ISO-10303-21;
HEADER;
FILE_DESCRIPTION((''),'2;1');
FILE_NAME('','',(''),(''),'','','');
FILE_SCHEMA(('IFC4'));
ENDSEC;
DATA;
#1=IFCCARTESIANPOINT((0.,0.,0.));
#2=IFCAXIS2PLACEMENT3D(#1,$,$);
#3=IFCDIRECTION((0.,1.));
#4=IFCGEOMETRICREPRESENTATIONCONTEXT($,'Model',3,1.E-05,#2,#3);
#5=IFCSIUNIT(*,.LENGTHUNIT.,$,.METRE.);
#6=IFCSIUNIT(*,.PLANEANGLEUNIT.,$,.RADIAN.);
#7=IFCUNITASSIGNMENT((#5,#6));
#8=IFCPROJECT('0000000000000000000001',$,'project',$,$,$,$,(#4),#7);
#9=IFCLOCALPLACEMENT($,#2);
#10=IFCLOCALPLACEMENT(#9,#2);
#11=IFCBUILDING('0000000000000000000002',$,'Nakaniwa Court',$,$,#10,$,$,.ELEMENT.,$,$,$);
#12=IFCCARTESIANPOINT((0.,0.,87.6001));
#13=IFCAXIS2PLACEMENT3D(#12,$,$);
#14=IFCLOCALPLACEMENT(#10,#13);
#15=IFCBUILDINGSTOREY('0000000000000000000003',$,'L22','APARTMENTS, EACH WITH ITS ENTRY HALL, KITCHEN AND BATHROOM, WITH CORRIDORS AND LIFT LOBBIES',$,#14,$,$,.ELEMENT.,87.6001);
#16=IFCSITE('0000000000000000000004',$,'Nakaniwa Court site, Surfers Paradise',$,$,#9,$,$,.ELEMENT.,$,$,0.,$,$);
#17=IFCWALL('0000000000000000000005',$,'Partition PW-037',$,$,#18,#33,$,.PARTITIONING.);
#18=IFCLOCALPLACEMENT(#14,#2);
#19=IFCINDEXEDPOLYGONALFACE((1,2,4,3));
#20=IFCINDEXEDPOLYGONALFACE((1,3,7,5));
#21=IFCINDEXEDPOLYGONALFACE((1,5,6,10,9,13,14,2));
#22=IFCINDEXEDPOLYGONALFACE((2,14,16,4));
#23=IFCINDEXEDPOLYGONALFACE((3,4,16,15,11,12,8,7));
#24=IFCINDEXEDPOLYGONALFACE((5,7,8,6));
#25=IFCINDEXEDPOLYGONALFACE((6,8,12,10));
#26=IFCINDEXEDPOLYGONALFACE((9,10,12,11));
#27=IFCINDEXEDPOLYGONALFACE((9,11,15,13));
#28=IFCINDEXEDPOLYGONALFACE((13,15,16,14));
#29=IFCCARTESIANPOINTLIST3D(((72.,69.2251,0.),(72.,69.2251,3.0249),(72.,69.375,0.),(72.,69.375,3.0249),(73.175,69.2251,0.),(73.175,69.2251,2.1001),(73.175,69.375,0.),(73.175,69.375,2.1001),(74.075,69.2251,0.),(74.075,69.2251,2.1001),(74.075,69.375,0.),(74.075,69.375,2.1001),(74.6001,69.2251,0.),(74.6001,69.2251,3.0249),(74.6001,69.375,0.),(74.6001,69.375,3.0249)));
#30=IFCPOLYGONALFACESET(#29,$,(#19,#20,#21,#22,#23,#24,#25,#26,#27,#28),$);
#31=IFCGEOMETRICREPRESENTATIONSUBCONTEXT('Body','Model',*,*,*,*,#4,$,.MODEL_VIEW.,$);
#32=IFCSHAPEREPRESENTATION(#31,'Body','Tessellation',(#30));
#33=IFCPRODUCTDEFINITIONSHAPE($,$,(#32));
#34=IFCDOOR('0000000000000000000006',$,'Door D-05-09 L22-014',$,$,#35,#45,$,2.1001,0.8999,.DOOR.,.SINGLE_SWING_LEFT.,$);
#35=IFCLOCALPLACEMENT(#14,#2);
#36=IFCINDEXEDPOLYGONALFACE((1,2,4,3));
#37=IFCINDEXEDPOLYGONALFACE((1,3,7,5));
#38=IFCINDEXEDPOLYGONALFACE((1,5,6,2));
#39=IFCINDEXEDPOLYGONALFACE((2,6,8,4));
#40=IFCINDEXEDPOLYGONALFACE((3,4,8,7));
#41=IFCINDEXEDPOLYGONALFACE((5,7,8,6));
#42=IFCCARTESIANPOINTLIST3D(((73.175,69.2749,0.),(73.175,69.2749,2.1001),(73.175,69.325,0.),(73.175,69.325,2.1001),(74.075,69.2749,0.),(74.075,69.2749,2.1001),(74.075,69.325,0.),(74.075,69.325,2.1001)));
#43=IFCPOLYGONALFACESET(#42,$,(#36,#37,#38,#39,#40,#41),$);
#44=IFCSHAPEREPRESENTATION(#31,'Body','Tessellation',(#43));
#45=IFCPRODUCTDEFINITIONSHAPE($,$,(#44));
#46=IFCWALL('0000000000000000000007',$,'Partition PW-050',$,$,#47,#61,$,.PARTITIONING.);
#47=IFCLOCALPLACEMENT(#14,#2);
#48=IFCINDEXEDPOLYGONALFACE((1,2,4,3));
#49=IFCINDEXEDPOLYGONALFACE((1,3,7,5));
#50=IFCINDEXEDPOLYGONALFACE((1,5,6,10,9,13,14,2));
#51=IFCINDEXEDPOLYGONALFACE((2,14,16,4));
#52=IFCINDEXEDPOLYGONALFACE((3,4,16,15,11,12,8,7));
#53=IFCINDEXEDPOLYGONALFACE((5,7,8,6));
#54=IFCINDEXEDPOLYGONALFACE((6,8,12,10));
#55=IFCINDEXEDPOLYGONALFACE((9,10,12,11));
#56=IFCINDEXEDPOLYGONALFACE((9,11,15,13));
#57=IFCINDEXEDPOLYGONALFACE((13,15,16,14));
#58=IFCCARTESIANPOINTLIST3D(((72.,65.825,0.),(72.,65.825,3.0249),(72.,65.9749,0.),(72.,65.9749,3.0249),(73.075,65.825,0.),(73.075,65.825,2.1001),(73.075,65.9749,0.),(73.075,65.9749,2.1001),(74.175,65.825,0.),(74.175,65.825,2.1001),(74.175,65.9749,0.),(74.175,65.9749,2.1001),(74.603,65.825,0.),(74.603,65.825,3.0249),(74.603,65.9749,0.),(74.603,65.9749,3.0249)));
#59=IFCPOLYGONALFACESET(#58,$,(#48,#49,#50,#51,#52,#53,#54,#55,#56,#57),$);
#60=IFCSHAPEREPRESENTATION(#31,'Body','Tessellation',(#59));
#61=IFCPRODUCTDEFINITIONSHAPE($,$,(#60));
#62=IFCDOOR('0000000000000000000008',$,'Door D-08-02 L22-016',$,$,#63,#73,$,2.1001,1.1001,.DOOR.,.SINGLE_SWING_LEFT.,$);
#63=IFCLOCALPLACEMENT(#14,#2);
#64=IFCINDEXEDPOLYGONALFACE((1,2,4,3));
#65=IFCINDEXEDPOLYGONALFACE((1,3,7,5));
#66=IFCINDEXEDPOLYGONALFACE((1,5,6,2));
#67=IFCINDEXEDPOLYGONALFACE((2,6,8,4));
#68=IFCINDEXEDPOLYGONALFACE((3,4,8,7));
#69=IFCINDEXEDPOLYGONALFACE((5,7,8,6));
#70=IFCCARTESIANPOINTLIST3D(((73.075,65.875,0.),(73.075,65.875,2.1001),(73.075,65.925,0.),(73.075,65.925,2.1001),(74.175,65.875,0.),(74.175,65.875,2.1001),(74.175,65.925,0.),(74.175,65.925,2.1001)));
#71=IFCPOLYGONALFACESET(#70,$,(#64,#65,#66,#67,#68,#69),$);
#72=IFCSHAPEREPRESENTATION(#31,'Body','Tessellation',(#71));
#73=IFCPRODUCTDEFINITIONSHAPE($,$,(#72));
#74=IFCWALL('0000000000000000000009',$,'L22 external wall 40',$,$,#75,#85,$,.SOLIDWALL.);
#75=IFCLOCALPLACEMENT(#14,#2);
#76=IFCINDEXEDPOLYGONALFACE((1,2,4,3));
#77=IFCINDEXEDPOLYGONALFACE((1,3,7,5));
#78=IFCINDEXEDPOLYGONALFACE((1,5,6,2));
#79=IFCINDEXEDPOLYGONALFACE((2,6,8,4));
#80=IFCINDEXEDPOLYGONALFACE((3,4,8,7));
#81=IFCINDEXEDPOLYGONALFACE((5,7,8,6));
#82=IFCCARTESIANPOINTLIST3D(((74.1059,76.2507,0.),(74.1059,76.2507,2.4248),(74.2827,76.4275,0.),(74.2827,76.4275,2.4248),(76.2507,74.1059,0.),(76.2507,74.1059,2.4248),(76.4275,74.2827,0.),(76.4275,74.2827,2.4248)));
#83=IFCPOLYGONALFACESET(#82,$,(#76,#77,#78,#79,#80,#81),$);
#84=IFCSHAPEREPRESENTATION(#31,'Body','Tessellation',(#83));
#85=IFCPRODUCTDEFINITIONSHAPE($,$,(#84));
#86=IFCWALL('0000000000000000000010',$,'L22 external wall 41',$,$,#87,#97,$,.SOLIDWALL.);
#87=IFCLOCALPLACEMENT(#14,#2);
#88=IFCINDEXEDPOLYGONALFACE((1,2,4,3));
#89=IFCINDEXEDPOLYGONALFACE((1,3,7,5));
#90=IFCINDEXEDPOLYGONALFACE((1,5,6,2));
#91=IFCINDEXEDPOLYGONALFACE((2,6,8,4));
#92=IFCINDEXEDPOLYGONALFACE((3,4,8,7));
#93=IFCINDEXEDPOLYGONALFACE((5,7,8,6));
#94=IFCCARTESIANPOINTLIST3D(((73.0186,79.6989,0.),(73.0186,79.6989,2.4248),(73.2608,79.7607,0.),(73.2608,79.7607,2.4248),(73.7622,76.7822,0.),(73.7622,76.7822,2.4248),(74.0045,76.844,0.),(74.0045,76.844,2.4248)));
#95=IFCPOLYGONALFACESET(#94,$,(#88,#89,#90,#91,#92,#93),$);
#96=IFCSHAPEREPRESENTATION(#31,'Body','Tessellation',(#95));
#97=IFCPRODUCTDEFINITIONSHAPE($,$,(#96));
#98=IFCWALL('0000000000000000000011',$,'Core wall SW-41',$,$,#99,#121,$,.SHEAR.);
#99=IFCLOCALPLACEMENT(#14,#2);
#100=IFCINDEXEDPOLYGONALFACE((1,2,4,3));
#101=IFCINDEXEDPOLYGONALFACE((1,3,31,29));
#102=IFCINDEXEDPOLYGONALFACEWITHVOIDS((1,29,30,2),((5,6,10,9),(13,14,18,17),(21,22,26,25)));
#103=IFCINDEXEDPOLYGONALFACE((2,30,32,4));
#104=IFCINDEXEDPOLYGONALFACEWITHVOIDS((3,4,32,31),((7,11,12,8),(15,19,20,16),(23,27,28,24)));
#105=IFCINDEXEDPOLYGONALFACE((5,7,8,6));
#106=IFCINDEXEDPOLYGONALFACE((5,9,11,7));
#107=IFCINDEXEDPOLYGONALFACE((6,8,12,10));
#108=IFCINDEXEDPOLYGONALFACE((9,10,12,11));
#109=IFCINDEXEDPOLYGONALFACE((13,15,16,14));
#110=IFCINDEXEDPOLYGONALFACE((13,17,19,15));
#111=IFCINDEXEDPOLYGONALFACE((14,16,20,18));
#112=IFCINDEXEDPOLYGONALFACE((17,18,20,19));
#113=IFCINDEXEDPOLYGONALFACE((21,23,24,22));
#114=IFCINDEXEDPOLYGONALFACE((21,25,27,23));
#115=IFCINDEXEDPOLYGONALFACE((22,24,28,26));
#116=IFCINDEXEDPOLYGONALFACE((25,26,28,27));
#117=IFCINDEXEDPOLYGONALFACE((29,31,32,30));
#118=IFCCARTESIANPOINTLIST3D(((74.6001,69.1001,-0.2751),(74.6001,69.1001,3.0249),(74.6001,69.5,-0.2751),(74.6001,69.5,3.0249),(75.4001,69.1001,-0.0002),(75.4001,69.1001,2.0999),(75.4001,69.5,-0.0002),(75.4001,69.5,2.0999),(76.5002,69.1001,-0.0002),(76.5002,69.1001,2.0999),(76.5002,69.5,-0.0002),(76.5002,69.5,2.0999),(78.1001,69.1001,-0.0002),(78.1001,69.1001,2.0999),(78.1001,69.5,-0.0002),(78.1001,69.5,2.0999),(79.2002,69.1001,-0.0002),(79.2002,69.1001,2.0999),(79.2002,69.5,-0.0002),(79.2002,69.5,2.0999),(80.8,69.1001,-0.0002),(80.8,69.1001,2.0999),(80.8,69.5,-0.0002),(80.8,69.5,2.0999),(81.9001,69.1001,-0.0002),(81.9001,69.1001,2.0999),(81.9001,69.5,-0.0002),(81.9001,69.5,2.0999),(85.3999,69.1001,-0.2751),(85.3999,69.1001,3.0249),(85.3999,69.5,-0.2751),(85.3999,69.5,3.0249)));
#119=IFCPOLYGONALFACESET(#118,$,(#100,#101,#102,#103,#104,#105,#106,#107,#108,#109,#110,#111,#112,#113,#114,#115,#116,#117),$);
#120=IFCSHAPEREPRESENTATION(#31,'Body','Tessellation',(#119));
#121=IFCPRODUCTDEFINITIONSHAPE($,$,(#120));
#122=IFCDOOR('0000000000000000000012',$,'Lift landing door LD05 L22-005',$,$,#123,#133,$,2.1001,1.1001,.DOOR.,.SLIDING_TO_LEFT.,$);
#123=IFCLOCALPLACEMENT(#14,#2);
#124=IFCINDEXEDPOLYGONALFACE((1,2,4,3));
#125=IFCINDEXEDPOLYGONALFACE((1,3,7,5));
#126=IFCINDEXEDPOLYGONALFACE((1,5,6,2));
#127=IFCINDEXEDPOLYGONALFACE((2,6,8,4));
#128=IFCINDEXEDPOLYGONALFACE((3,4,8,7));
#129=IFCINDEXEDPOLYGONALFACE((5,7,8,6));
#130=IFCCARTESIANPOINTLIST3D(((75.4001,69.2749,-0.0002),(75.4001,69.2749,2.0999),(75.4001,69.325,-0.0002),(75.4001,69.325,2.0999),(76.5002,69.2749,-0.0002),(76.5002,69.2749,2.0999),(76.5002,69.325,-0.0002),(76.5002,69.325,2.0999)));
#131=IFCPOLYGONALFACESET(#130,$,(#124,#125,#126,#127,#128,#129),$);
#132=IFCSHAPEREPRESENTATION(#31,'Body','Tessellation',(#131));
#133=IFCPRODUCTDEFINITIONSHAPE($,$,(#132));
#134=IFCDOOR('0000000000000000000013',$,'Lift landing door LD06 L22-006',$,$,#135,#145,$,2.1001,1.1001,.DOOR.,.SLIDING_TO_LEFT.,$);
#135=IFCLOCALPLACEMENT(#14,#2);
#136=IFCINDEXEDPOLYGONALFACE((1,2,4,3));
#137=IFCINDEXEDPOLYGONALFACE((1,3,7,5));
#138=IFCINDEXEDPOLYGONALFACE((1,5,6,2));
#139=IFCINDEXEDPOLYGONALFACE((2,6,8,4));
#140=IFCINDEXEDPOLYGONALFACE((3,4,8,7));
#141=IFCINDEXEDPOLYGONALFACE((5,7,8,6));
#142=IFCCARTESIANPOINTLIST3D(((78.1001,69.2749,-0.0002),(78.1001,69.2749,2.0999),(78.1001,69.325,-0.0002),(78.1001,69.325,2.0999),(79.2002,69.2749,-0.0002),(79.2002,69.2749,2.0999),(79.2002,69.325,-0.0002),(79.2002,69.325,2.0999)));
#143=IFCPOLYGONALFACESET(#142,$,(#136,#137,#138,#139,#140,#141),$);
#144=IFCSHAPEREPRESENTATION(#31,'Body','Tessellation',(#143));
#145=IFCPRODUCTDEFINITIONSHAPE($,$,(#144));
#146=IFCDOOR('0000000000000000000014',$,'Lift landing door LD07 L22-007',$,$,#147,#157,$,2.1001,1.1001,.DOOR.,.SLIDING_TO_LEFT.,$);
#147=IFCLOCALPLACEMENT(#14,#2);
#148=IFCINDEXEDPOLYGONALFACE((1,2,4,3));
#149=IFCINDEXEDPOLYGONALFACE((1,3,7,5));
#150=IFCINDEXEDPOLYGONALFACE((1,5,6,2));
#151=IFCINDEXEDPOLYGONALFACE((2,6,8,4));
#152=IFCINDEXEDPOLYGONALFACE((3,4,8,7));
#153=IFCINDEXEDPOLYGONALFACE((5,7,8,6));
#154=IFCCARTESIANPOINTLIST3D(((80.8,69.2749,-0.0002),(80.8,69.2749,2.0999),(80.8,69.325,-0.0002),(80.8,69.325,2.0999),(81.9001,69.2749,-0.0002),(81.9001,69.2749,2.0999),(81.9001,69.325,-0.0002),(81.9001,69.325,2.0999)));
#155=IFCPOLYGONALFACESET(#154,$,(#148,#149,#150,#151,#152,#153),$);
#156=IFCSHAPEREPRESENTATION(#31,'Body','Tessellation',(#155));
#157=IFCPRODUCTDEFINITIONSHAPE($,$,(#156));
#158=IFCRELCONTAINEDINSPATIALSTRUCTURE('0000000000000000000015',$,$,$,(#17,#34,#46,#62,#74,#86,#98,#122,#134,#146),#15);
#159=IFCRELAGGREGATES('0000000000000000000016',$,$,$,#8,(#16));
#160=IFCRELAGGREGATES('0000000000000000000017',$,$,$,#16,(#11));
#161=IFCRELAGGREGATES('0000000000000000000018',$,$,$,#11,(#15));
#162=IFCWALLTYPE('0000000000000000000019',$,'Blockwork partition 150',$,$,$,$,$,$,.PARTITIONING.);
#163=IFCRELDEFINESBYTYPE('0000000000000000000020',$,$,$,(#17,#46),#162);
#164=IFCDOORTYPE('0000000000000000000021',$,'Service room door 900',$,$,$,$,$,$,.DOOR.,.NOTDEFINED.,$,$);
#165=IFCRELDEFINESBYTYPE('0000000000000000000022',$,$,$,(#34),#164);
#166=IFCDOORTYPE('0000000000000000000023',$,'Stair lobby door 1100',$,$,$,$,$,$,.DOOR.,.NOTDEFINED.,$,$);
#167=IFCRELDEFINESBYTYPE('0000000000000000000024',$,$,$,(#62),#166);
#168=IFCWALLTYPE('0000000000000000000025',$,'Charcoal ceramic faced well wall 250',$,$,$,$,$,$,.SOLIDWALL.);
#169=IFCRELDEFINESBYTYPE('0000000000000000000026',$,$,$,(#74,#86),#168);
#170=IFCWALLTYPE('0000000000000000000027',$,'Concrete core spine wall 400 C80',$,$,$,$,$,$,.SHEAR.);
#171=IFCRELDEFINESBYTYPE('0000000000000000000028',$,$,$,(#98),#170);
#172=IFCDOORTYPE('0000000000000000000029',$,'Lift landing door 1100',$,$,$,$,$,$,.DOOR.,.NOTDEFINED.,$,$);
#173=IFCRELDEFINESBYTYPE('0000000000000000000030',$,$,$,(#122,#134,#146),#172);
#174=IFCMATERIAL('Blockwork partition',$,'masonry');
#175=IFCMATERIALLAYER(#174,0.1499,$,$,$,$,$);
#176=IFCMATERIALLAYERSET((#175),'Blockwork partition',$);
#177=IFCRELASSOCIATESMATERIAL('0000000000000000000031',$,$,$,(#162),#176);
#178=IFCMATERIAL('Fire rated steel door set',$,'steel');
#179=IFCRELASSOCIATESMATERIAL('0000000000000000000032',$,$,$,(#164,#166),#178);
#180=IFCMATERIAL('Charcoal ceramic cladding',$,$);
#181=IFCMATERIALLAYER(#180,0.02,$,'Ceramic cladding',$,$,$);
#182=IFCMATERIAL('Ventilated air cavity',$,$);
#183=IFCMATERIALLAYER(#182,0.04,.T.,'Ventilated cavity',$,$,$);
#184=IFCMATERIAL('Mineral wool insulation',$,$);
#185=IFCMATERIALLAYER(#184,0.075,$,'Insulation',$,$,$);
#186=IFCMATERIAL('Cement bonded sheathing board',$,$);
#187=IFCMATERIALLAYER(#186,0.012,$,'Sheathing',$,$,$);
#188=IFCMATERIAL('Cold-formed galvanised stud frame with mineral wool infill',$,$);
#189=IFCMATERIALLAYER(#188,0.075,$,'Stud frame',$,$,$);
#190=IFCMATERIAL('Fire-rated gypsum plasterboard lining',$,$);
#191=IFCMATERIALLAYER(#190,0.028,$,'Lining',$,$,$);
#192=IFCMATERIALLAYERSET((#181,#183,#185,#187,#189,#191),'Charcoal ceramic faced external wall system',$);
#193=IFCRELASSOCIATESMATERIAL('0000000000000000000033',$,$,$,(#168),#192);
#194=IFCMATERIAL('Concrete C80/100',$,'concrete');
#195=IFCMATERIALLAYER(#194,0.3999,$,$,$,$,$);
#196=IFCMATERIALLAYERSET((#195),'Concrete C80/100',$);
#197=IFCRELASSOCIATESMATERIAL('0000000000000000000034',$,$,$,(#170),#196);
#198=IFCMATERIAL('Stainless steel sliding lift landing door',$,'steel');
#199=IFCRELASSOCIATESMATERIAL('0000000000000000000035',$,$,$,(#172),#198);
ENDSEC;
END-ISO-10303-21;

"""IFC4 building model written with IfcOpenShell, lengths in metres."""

from ifc_helpers import new_model, si_unit, direction, frame, frame_2d, origin, place, context, subcontext, project, spatial, rectangle, extrude, material, layer, layer_set, type_object, element, fill, save


model = new_model("IFC4")

# Units and contexts
model_context = context("Model", 3, precision=1e-05, world=origin(), true_north=direction((0.0, 1.0)))
body_context = subcontext(model_context, "Body", "Model", "MODEL_VIEW")
ifc_project = project(units=[si_unit("LENGTHUNIT", "METRE"), si_unit("PLANEANGLEUNIT", "RADIAN")], contexts=[model_context])

# Site, building, storey
site_placement = place(None, origin())
site = spatial("IfcSite", under=ifc_project, at=site_placement, Name="Nakaniwa Court site, Surfers Paradise", CompositionType="ELEMENT", RefElevation=0.0)
building_placement = place(site_placement, origin())
building = spatial("IfcBuilding", under=site, at=building_placement, Name="Nakaniwa Court", CompositionType="ELEMENT")
storey_placement = place(building_placement, frame((0.0, 0.0, 87.6001)))
storey = spatial("IfcBuildingStorey", under=building, at=storey_placement, Name="L22", Description="APARTMENTS, EACH WITH ITS ENTRY HALL, KITCHEN AND BATHROOM, WITH CORRIDORS AND LIFT LOBBIES", CompositionType="ELEMENT", Elevation=87.6001)

# Shared definitions
ifc_material_1 = material(Name="Concrete C80/100", Category="concrete")

# Walls, openings, doors
ifc_material_2 = material(Name="Blockwork partition", Category="masonry")
ifc_layer_1 = layer(ifc_material_2, 0.1499)
ifc_layer_set_1 = layer_set([ifc_layer_1], Name="Blockwork partition")
wall_type_1 = type_object("IfcWallType", Name="Blockwork partition 150", PredefinedType="PARTITIONING", material=ifc_layer_set_1)
wall_1_placement = place(storey_placement, frame((72.0, 69.3, 0.0), z_axis=(0.0, 0.0, 1.0), x_axis=(1.0, 0.0, 0.0)))
wall_1 = element("IfcWall", 1, at=wall_1_placement, inside=storey, type_object=wall_type_1, Name="Partition PW-037", PredefinedType="PARTITIONING", context=body_context, shape_type="SweptSolid", body=[
    extrude(rectangle(XDim=2.6001, YDim=0.1499, at=frame_2d((1.3, 0.0))), origin(), (0.0, 0.0, 1.0), 3.0249),
])
opening_1_placement = place(wall_1_placement, frame((1.175, 0.0, 0.0)))
opening_1 = element("IfcOpeningElement", 2, at=opening_1_placement, cuts=wall_1, PredefinedType="OPENING", context=body_context, shape_type="SweptSolid", body=[
    extrude(rectangle(XDim=0.8999, YDim=2.1001, at=frame_2d((0.45, 1.05))), frame((0.0, 0.085, 0.0), z_axis=(0.0, -1.0, 0.0), x_axis=(1.0, 0.0, 0.0)), (0.0, 0.0, 1.0), 0.1699),
])
ifc_material_3 = material(Name="Fire rated steel door set", Category="steel")
door_type_1 = type_object("IfcDoorType", Name="Service room door 900", OperationType="NOTDEFINED", PredefinedType="DOOR", material=ifc_material_3)
door_1_placement = place(opening_1_placement, origin())
door_1 = element("IfcDoor", 3, at=door_1_placement, inside=storey, type_object=door_type_1, Name="Door D-05-09 L22-014", OperationType="SINGLE_SWING_LEFT", OverallHeight=2.1001, OverallWidth=0.8999, PredefinedType="DOOR", context=body_context, shape_type="SweptSolid", body=[
    extrude(rectangle(XDim=0.8999, YDim=2.1001, at=frame_2d((0.45, 1.05))), frame((0.0, 0.0249, 0.0), z_axis=(0.0, -1.0, 0.0), x_axis=(1.0, 0.0, 0.0)), (0.0, 0.0, 1.0), 0.05),
])
fill(opening_1, door_1)
wall_2_placement = place(storey_placement, frame((74.603, 65.8999, 0.0), z_axis=(0.0, 0.0, 1.0), x_axis=(-1.0, 0.0, 0.0)))
wall_2 = element("IfcWall", 4, at=wall_2_placement, inside=storey, type_object=wall_type_1, Name="Partition PW-050", PredefinedType="PARTITIONING", context=body_context, shape_type="SweptSolid", body=[
    extrude(rectangle(XDim=2.603, YDim=0.1499, at=frame_2d((1.3015, 0.0))), origin(), (0.0, 0.0, 1.0), 3.0249),
])
opening_2_placement = place(wall_2_placement, frame((0.428, 0.0, 0.0)))
opening_2 = element("IfcOpeningElement", 5, at=opening_2_placement, cuts=wall_2, PredefinedType="OPENING", context=body_context, shape_type="SweptSolid", body=[
    extrude(rectangle(XDim=1.1001, YDim=2.1001, at=frame_2d((0.55, 1.05))), frame((0.0, 0.085, 0.0), z_axis=(0.0, -1.0, 0.0), x_axis=(1.0, 0.0, 0.0)), (0.0, 0.0, 1.0), 0.1699),
])
door_type_2 = type_object("IfcDoorType", Name="Stair lobby door 1100", OperationType="NOTDEFINED", PredefinedType="DOOR", material=ifc_material_3)
door_2_placement = place(opening_2_placement, origin())
door_2 = element("IfcDoor", 6, at=door_2_placement, inside=storey, type_object=door_type_2, Name="Door D-08-02 L22-016", OperationType="SINGLE_SWING_LEFT", OverallHeight=2.1001, OverallWidth=1.1001, PredefinedType="DOOR", context=body_context, shape_type="SweptSolid", body=[
    extrude(rectangle(XDim=1.1001, YDim=2.1001, at=frame_2d((0.55, 1.05))), frame((0.0, 0.0249, 0.0), z_axis=(0.0, -1.0, 0.0), x_axis=(1.0, 0.0, 0.0)), (0.0, 0.0, 1.0), 0.05),
])
fill(opening_2, door_2)

# Walls
ifc_material_4 = material(Name="Charcoal ceramic cladding")
ifc_layer_2 = layer(ifc_material_4, 0.02, Name="Ceramic cladding")
ifc_material_5 = material(Name="Ventilated air cavity")
ifc_layer_3 = layer(ifc_material_5, 0.04, ventilated=True, Name="Ventilated cavity")
ifc_material_6 = material(Name="Mineral wool insulation")
ifc_layer_4 = layer(ifc_material_6, 0.075, Name="Insulation")
ifc_material_7 = material(Name="Cement bonded sheathing board")
ifc_layer_5 = layer(ifc_material_7, 0.012, Name="Sheathing")
ifc_material_8 = material(Name="Cold-formed galvanised stud frame with mineral wool infill")
ifc_layer_6 = layer(ifc_material_8, 0.075, Name="Stud frame")
ifc_material_9 = material(Name="Fire-rated gypsum plasterboard lining")
ifc_layer_7 = layer(ifc_material_9, 0.028, Name="Lining")
ifc_layer_set_2 = layer_set([ifc_layer_2, ifc_layer_3, ifc_layer_4, ifc_layer_5, ifc_layer_6, ifc_layer_7], Name="Charcoal ceramic faced external wall system")
wall_type_2 = type_object("IfcWallType", Name="Charcoal ceramic faced well wall 250", PredefinedType="SOLIDWALL", material=ifc_layer_set_2)
wall_3_placement = place(storey_placement, frame((76.3391, 74.1943, 0.0), z_axis=(0.0, 0.0, 1.0), x_axis=(-0.707107, 0.707107, 0.0)))
element("IfcWall", 7, at=wall_3_placement, inside=storey, type_object=wall_type_2, Name="L22 external wall 40", PredefinedType="SOLIDWALL", context=body_context, shape_type="SweptSolid", body=[
    extrude(rectangle(XDim=3.0332, YDim=0.25, at=frame_2d((1.5166, 0.0))), origin(), (0.0, 0.0, 1.0), 2.4248),
])
wall_4_placement = place(storey_placement, frame((73.8833, 76.8132, 0.0), z_axis=(0.0, 0.0, 1.0), x_axis=(-0.247056, 0.969001, 0.0)))
element("IfcWall", 8, at=wall_4_placement, inside=storey, type_object=wall_type_2, Name="L22 external wall 41", PredefinedType="SOLIDWALL", context=body_context, shape_type="SweptSolid", body=[
    extrude(rectangle(XDim=3.01, YDim=0.25, at=frame_2d((1.5049, 0.0))), origin(), (0.0, 0.0, 1.0), 2.4248),
])

# Wall, openings, doors
ifc_layer_8 = layer(ifc_material_1, 0.3999)
ifc_layer_set_3 = layer_set([ifc_layer_8], Name="Concrete C80/100")
wall_type_3 = type_object("IfcWallType", Name="Concrete core spine wall 400 C80", PredefinedType="SHEAR", material=ifc_layer_set_3)
wall_5_placement = place(storey_placement, frame((74.6001, 69.3, -0.2751), z_axis=(0.0, 0.0, 1.0), x_axis=(1.0, 0.0, 0.0)))
wall_5 = element("IfcWall", 9, at=wall_5_placement, inside=storey, type_object=wall_type_3, Name="Core wall SW-41", PredefinedType="SHEAR", context=body_context, shape_type="SweptSolid", body=[
    extrude(rectangle(XDim=10.7998, YDim=0.3999, at=frame_2d((5.3999, 0.0))), origin(), (0.0, 0.0, 1.0), 3.3),
])
opening_3_placement = place(wall_5_placement, frame((0.8, 0.0, 0.2749)))
opening_3 = element("IfcOpeningElement", 10, at=opening_3_placement, cuts=wall_5, PredefinedType="OPENING", context=body_context, shape_type="SweptSolid", body=[
    extrude(rectangle(XDim=1.1001, YDim=2.1001, at=frame_2d((0.55, 1.05))), frame((0.0, 0.21, 0.0), z_axis=(0.0, -1.0, 0.0), x_axis=(1.0, 0.0, 0.0)), (0.0, 0.0, 1.0), 0.4199),
])
opening_4_placement = place(wall_5_placement, frame((3.5, 0.0, 0.2749)))
opening_4 = element("IfcOpeningElement", 11, at=opening_4_placement, cuts=wall_5, PredefinedType="OPENING", context=body_context, shape_type="SweptSolid", body=[
    extrude(rectangle(XDim=1.1001, YDim=2.1001, at=frame_2d((0.55, 1.05))), frame((0.0, 0.21, 0.0), z_axis=(0.0, -1.0, 0.0), x_axis=(1.0, 0.0, 0.0)), (0.0, 0.0, 1.0), 0.4199),
])
opening_5_placement = place(wall_5_placement, frame((6.2, 0.0, 0.2749)))
opening_5 = element("IfcOpeningElement", 12, at=opening_5_placement, cuts=wall_5, PredefinedType="OPENING", context=body_context, shape_type="SweptSolid", body=[
    extrude(rectangle(XDim=1.1001, YDim=2.1001, at=frame_2d((0.55, 1.05))), frame((0.0, 0.21, 0.0), z_axis=(0.0, -1.0, 0.0), x_axis=(1.0, 0.0, 0.0)), (0.0, 0.0, 1.0), 0.4199),
])
ifc_material_10 = material(Name="Stainless steel sliding lift landing door", Category="steel")
door_type_3 = type_object("IfcDoorType", Name="Lift landing door 1100", OperationType="NOTDEFINED", PredefinedType="DOOR", material=ifc_material_10)
door_3_placement = place(opening_3_placement, origin())
door_3 = element("IfcDoor", 13, at=door_3_placement, inside=storey, type_object=door_type_3, Name="Lift landing door LD05 L22-005", OperationType="SLIDING_TO_LEFT", OverallHeight=2.1001, OverallWidth=1.1001, PredefinedType="DOOR", context=body_context, shape_type="SweptSolid", body=[
    extrude(rectangle(XDim=1.1001, YDim=2.1001, at=frame_2d((0.55, 1.05))), frame((0.0, 0.0249, 0.0), z_axis=(0.0, -1.0, 0.0), x_axis=(1.0, 0.0, 0.0)), (0.0, 0.0, 1.0), 0.05),
])
fill(opening_3, door_3)
door_4_placement = place(opening_4_placement, origin())
door_4 = element("IfcDoor", 14, at=door_4_placement, inside=storey, type_object=door_type_3, Name="Lift landing door LD06 L22-006", OperationType="SLIDING_TO_LEFT", OverallHeight=2.1001, OverallWidth=1.1001, PredefinedType="DOOR", context=body_context, shape_type="SweptSolid", body=[
    extrude(rectangle(XDim=1.1001, YDim=2.1001, at=frame_2d((0.55, 1.05))), frame((0.0, 0.0249, 0.0), z_axis=(0.0, -1.0, 0.0), x_axis=(1.0, 0.0, 0.0)), (0.0, 0.0, 1.0), 0.05),
])
fill(opening_4, door_4)
door_5_placement = place(opening_5_placement, origin())
door_5 = element("IfcDoor", 15, at=door_5_placement, inside=storey, type_object=door_type_3, Name="Lift landing door LD07 L22-007", OperationType="SLIDING_TO_LEFT", OverallHeight=2.1001, OverallWidth=1.1001, PredefinedType="DOOR", context=body_context, shape_type="SweptSolid", body=[
    extrude(rectangle(XDim=1.1001, YDim=2.1001, at=frame_2d((0.55, 1.05))), frame((0.0, 0.0249, 0.0), z_axis=(0.0, -1.0, 0.0), x_axis=(1.0, 0.0, 0.0)), (0.0, 0.0, 1.0), 0.05),
])
fill(opening_5, door_5)

save(model, "model.ifc")
